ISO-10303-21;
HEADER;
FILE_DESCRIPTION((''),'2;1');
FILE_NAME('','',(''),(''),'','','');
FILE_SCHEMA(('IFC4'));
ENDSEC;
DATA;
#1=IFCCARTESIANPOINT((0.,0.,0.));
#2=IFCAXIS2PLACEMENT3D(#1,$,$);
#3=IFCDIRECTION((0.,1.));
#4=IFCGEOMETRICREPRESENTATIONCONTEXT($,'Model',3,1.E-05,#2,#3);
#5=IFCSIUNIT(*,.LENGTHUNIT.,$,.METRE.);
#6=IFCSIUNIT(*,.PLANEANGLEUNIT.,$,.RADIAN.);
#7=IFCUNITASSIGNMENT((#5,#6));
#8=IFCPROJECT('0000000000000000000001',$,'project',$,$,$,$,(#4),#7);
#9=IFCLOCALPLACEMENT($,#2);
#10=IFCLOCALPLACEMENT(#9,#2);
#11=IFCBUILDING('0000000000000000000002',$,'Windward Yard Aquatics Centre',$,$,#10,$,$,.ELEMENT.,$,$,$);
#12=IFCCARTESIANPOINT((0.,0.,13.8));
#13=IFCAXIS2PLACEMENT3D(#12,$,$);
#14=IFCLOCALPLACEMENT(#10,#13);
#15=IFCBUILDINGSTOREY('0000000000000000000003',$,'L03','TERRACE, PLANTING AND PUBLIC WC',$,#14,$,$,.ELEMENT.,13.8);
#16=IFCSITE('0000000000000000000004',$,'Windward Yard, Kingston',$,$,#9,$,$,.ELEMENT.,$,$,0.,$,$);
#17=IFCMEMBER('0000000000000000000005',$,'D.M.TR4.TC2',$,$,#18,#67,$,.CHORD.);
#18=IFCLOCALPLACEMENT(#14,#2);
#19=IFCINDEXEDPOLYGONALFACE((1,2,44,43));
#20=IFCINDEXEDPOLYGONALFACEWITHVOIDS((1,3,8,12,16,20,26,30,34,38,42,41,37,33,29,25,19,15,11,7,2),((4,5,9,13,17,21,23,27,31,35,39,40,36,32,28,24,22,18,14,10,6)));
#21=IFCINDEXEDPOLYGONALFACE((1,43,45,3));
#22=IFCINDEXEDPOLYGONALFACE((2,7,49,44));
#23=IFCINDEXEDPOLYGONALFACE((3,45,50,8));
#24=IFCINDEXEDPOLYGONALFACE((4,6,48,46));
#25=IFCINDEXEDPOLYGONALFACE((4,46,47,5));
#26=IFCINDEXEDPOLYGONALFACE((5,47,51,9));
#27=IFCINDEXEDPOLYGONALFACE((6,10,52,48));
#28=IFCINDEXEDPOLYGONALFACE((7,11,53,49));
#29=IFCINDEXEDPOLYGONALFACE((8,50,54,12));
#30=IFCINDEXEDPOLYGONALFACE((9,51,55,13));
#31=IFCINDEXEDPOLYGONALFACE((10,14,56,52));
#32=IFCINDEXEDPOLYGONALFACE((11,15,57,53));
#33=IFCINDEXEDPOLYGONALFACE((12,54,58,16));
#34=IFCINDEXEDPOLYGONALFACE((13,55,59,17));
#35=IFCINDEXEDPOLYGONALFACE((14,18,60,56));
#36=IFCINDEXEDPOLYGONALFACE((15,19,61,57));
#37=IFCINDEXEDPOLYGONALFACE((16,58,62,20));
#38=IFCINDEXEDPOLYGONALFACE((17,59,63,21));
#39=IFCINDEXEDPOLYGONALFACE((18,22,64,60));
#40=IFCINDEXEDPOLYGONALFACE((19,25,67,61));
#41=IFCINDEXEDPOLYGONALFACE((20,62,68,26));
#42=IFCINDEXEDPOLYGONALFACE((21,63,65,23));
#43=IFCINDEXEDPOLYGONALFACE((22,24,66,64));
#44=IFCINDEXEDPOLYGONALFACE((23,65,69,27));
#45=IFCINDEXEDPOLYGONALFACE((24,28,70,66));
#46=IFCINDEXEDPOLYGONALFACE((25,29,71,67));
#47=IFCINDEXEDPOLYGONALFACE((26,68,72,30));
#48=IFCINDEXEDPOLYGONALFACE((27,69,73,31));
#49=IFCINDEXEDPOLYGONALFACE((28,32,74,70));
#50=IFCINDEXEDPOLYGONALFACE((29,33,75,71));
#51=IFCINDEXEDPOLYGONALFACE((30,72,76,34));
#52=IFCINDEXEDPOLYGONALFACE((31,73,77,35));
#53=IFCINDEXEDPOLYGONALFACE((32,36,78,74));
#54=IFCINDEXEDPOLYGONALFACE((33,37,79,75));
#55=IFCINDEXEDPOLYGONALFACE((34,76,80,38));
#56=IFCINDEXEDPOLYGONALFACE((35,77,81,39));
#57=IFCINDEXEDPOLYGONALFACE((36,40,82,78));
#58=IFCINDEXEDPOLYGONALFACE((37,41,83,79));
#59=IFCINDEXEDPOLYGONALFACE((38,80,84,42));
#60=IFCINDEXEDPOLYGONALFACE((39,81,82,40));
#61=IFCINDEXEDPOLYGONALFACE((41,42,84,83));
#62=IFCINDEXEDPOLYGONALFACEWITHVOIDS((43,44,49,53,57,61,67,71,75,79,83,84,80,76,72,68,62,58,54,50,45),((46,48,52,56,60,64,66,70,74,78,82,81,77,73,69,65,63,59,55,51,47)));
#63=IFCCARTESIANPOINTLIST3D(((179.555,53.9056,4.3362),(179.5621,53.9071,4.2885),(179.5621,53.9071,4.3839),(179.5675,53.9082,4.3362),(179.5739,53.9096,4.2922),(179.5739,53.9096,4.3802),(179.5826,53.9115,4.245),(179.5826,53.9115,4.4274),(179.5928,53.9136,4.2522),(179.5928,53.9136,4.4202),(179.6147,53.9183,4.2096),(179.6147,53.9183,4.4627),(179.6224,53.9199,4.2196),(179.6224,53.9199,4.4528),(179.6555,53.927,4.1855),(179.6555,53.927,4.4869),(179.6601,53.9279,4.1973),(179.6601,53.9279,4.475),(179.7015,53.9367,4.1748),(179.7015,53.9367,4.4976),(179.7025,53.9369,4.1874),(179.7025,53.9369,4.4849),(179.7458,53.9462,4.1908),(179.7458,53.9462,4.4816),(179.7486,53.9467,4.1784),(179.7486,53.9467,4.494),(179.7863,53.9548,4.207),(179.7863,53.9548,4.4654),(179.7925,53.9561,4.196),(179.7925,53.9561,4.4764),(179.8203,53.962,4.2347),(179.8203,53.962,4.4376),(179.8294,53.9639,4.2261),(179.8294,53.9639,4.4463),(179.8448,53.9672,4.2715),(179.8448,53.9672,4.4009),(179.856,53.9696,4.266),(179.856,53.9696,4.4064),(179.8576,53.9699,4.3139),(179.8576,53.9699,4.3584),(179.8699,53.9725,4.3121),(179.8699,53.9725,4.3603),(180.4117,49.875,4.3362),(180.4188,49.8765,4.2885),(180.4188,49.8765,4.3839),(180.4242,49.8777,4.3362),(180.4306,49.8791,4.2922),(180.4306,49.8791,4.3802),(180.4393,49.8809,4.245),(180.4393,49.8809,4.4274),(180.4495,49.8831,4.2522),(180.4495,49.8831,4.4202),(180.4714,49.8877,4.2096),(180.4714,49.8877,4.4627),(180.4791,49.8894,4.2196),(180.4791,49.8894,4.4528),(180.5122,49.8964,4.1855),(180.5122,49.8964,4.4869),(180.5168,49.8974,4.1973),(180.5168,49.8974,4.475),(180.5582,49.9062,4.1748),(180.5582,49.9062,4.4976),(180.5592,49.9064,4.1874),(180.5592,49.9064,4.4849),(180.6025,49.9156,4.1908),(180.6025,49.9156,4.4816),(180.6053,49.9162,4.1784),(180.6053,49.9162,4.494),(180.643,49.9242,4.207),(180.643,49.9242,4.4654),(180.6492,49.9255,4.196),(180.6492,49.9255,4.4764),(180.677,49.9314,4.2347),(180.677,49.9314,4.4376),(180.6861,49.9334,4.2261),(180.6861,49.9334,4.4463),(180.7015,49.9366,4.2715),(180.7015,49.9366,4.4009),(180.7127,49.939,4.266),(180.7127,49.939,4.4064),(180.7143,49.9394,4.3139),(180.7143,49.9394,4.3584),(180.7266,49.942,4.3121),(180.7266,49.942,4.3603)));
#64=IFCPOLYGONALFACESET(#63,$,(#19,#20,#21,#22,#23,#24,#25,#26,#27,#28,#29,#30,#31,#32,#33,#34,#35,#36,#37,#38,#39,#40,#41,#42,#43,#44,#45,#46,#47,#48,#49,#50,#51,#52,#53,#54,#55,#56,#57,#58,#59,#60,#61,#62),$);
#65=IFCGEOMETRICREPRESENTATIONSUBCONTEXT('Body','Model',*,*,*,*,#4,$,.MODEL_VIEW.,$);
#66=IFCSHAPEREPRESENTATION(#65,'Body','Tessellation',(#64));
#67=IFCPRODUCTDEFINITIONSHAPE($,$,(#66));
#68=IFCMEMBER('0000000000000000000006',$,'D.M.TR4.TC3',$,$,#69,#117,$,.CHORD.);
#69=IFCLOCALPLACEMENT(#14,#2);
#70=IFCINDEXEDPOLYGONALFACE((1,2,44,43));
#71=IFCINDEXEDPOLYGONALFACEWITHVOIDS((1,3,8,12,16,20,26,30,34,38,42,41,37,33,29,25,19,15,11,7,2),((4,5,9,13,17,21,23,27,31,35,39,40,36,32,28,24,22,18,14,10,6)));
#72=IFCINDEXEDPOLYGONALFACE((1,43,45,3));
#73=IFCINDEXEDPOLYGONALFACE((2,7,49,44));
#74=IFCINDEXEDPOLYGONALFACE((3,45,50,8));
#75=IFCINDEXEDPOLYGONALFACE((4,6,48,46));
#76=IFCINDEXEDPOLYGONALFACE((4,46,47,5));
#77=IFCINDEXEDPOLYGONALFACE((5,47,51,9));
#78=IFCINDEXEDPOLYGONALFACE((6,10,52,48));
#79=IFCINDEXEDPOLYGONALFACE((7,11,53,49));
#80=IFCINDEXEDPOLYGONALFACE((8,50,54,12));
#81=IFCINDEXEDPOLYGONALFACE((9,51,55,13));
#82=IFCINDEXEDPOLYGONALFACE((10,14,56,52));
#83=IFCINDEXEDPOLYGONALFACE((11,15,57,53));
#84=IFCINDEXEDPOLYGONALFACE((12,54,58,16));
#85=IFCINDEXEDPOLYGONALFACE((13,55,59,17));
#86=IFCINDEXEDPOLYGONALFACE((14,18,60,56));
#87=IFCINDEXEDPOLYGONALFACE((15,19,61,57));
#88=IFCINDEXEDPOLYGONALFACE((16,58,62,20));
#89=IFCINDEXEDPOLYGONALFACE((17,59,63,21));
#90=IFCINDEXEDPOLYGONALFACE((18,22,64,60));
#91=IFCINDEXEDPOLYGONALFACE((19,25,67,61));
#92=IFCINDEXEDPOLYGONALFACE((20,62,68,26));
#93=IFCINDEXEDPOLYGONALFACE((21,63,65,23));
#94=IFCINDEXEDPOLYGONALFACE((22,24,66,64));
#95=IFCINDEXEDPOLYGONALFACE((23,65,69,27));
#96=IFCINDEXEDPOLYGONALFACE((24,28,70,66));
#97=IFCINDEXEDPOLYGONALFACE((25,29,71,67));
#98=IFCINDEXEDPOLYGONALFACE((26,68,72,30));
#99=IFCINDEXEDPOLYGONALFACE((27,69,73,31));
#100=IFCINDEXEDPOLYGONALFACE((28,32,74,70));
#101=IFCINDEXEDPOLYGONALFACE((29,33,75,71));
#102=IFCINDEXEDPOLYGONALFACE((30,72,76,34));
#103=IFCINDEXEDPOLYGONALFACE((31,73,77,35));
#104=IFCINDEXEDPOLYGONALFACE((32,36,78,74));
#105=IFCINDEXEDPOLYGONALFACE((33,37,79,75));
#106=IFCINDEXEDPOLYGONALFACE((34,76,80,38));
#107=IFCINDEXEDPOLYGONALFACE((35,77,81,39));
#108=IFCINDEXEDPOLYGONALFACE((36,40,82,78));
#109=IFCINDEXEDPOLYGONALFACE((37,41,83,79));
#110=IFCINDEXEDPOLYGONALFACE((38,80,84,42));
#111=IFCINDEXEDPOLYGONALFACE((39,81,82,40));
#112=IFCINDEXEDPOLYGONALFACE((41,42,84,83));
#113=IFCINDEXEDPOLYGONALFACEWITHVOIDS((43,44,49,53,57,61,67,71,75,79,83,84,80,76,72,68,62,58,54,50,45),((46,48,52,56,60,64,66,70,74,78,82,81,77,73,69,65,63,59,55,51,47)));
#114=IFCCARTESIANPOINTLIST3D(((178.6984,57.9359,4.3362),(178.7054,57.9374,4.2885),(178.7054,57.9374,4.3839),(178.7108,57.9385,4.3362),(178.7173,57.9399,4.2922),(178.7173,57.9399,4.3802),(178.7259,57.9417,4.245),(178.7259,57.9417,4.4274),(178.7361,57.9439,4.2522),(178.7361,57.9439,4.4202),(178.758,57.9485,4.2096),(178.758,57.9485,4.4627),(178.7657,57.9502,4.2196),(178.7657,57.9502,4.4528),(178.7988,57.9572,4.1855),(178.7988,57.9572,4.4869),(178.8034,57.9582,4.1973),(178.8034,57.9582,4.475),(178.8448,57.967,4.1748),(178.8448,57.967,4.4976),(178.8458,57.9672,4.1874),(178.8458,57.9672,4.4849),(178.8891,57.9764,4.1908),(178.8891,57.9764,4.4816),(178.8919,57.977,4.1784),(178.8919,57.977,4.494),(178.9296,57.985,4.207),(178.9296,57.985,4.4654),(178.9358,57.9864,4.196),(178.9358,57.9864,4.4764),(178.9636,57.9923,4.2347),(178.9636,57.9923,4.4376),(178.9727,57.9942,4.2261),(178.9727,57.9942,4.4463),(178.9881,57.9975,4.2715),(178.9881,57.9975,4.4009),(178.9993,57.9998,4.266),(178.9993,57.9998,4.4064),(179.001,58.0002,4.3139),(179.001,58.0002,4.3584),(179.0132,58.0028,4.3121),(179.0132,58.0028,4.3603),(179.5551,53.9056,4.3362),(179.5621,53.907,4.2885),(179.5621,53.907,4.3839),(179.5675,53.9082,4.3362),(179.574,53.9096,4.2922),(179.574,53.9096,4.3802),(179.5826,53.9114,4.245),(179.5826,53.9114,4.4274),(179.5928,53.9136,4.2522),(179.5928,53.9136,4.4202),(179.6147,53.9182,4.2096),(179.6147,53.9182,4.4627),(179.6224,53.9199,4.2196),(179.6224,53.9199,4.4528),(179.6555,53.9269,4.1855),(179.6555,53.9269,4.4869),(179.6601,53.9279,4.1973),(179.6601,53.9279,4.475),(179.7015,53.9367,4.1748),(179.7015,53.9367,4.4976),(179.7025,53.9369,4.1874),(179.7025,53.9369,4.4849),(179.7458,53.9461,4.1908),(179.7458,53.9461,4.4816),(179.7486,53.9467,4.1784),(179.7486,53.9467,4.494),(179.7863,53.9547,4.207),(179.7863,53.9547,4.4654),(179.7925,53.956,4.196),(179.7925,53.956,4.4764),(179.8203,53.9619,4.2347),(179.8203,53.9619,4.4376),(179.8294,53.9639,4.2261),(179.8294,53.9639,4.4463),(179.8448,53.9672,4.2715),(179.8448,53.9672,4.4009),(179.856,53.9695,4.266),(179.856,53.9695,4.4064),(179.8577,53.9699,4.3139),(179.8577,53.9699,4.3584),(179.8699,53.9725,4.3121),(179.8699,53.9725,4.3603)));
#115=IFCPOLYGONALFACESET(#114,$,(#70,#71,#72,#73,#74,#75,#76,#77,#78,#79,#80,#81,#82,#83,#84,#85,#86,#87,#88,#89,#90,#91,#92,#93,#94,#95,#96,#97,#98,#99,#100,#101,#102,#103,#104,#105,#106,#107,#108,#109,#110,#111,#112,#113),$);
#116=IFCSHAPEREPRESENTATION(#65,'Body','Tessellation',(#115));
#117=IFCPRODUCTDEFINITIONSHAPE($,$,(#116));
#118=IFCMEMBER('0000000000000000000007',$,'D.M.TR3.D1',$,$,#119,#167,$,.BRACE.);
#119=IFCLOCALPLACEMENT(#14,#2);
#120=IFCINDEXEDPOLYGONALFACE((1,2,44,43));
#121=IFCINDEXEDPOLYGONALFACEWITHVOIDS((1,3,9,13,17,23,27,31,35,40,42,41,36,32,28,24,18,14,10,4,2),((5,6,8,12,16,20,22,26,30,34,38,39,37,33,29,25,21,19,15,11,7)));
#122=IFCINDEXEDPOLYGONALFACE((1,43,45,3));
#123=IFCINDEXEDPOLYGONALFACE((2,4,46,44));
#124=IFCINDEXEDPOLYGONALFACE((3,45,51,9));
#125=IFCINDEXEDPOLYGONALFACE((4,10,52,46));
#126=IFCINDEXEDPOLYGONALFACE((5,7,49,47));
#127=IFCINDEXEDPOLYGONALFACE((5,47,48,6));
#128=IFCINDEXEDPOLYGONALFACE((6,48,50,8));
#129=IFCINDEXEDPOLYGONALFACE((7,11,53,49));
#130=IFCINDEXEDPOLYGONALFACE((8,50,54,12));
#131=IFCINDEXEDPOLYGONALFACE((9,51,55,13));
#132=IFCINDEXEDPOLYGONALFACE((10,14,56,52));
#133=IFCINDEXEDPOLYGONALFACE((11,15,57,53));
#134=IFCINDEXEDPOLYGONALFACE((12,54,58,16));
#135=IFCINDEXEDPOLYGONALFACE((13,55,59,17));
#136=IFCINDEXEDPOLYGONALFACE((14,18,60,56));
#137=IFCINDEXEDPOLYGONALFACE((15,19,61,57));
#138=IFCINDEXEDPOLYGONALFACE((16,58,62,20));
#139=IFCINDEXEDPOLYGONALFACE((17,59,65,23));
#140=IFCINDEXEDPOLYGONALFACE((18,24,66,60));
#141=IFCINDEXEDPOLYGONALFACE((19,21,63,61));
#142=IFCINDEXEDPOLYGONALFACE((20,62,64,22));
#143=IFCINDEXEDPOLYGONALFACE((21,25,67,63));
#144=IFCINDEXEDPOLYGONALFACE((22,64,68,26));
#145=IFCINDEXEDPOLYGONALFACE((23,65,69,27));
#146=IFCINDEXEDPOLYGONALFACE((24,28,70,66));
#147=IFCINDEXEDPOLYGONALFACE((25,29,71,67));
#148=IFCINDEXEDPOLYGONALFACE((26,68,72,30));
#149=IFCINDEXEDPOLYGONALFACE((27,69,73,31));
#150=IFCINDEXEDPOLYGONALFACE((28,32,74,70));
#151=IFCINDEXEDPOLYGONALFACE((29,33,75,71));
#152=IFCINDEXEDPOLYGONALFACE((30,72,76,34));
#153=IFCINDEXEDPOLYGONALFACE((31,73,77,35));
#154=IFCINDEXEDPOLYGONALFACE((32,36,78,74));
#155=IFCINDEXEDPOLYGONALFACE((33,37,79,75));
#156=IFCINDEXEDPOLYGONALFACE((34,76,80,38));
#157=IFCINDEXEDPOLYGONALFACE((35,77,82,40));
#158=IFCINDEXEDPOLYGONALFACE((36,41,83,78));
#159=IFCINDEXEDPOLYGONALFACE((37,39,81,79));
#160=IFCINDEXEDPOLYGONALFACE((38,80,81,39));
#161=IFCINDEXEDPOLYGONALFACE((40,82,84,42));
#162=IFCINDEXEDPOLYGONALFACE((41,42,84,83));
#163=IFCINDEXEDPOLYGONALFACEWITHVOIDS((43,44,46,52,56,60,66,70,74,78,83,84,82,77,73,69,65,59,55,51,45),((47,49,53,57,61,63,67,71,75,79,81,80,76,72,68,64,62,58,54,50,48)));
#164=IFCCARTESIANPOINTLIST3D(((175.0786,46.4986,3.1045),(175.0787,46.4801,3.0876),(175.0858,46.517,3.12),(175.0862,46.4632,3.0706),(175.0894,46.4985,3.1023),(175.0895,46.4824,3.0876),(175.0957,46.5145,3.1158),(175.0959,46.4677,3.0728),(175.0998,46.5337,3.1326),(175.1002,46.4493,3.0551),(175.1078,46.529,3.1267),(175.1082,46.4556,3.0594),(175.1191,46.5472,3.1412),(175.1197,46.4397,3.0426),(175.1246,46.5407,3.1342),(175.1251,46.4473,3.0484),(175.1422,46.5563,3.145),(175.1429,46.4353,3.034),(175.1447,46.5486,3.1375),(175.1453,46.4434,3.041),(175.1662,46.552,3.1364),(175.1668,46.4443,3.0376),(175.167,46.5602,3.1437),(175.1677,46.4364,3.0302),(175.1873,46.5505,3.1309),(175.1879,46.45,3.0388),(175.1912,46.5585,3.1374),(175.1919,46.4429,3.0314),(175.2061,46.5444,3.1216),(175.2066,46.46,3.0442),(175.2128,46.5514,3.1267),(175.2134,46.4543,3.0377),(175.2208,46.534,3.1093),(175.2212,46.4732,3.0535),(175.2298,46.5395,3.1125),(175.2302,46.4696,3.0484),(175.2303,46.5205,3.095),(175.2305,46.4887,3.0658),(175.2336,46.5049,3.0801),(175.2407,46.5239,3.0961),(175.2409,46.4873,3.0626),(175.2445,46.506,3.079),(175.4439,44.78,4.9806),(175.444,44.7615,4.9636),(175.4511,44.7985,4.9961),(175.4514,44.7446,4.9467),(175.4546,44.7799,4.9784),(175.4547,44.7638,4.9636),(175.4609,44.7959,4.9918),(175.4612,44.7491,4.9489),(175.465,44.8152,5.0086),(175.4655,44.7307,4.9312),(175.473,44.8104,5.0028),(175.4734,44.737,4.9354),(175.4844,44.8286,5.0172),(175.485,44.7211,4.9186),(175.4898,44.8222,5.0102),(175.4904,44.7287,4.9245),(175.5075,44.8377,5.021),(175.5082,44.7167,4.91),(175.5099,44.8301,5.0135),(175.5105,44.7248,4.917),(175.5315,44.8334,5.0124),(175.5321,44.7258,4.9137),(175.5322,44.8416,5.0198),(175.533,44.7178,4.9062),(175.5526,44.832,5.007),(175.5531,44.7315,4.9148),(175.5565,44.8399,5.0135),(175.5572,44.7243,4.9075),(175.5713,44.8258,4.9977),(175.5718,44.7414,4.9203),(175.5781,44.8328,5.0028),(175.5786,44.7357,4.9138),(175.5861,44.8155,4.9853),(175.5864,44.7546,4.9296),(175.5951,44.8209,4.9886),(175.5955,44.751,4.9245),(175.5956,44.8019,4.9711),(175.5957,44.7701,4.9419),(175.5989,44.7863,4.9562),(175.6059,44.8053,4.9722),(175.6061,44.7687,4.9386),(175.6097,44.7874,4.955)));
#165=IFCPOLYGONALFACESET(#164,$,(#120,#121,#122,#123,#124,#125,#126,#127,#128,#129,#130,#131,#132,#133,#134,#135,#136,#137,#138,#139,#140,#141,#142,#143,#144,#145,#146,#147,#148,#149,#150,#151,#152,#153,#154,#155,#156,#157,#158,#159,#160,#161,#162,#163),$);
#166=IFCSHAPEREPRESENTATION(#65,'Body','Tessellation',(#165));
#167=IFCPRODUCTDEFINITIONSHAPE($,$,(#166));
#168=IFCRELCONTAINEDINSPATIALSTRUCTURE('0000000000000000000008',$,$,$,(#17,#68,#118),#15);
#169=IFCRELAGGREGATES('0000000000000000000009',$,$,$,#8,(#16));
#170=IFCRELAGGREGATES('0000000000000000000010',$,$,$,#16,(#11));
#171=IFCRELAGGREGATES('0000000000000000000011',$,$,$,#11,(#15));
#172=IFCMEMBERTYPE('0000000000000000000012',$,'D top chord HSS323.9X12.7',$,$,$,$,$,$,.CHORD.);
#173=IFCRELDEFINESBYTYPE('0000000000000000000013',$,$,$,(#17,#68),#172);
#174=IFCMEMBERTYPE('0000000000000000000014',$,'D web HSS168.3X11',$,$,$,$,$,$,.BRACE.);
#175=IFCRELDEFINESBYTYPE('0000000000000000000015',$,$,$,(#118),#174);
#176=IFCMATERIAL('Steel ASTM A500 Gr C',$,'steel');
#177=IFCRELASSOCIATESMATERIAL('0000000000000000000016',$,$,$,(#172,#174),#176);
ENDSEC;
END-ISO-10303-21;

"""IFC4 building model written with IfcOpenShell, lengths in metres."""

from ifc_helpers import new_model, si_unit, direction, frame, origin, origin_2d, place, context, subcontext, project, spatial, hollow_circle, extrude, material, material_profile, profile_set, type_object, element, save


model = new_model("IFC4")

# Units and contexts
model_context = context("Model", 3, precision=1e-05, world=origin(), true_north=direction((0.0, 1.0)))
body_context = subcontext(model_context, "Body", "Model", "MODEL_VIEW")
ifc_project = project(units=[si_unit("LENGTHUNIT", "METRE"), si_unit("PLANEANGLEUNIT", "RADIAN")], contexts=[model_context])

# Site, building, storey
site_placement = place(None, origin())
site = spatial("IfcSite", under=ifc_project, at=site_placement, Name="Windward Yard, Kingston", CompositionType="ELEMENT", RefElevation=0.0)
building_placement = place(site_placement, origin())
building = spatial("IfcBuilding", under=site, at=building_placement, Name="Windward Yard Aquatics Centre", CompositionType="ELEMENT")
storey_placement = place(building_placement, frame((0.0, 0.0, 13.8)))
storey = spatial("IfcBuildingStorey", under=building, at=storey_placement, Name="L03", Description="TERRACE, PLANTING AND PUBLIC WC", CompositionType="ELEMENT", Elevation=13.8)

# Shared definitions
ifc_material_1 = material(Name="Steel ASTM A500 Gr C", Category="steel")

# Members
ifc_material_profile_1 = material_profile(ifc_material_1, hollow_circle(Radius=0.1619, WallThickness=0.0127, at=origin_2d()), Name="HSS323.9X12.7")
ifc_profile_set_1 = profile_set([ifc_material_profile_1], Name="Steel ASTM A500 Gr C")
member_type_1 = type_object("IfcMemberType", Name="D top chord HSS323.9X12.7", PredefinedType="CHORD", material=ifc_profile_set_1)
for number, where, z_axis, x_axis, name in (
    (1, (180.5701, 49.9087, 4.3362), (-0.207906, 0.978149, 0.0), (-0.978149, -0.207906, 0.0), "D.M.TR4.TC2"),
):
    element("IfcMember", number, at=place(storey_placement, frame(where, z_axis=z_axis, x_axis=x_axis)), inside=storey, type_object=member_type_1, Name=name, PredefinedType="CHORD", context=body_context, shape_type="SweptSolid", body=[
        extrude(hollow_circle(Radius=0.1619, WallThickness=0.0127, at=origin_2d()), origin(), (0.0, 0.0, 1.0), 4.1206),
    ])
member_1_placement = place(storey_placement, frame((179.7134, 53.9392, 4.3362), z_axis=(-0.207918, 0.978146, 0.0), x_axis=(-0.978146, -0.207918, 0.0)))
element("IfcMember", 2, at=member_1_placement, inside=storey, type_object=member_type_1, Name="D.M.TR4.TC3", PredefinedType="CHORD", context=body_context, shape_type="SweptSolid", body=[
    extrude(hollow_circle(Radius=0.1619, WallThickness=0.0127, at=origin_2d()), origin(), (0.0, 0.0, 1.0), 4.1204),
])
ifc_material_profile_2 = material_profile(ifc_material_1, hollow_circle(Radius=0.0842, WallThickness=0.011, at=origin_2d()), Name="HSS168.3X11")
ifc_profile_set_2 = profile_set([ifc_material_profile_2], Name="Steel ASTM A500 Gr C")
member_type_2 = type_object("IfcMemberType", Name="D web HSS168.3X11", PredefinedType="BRACE", material=ifc_profile_set_2)
for number, where, z_axis, x_axis, name in (
    (3, (175.5264, 44.7791, 4.9636), (-0.142103, 0.668626, -0.729894), (-0.978153, -0.207887, 0.0), "D.M.TR3.D1"),
):
    element("IfcMember", number, at=place(storey_placement, frame(where, z_axis=z_axis, x_axis=x_axis)), inside=storey, type_object=member_type_2, Name=name, PredefinedType="BRACE", context=body_context, shape_type="SweptSolid", body=[
        extrude(hollow_circle(Radius=0.0842, WallThickness=0.011, at=origin_2d()), origin(), (0.0, 0.0, 1.0), 2.5703),
    ])

save(model, "model.ifc")
